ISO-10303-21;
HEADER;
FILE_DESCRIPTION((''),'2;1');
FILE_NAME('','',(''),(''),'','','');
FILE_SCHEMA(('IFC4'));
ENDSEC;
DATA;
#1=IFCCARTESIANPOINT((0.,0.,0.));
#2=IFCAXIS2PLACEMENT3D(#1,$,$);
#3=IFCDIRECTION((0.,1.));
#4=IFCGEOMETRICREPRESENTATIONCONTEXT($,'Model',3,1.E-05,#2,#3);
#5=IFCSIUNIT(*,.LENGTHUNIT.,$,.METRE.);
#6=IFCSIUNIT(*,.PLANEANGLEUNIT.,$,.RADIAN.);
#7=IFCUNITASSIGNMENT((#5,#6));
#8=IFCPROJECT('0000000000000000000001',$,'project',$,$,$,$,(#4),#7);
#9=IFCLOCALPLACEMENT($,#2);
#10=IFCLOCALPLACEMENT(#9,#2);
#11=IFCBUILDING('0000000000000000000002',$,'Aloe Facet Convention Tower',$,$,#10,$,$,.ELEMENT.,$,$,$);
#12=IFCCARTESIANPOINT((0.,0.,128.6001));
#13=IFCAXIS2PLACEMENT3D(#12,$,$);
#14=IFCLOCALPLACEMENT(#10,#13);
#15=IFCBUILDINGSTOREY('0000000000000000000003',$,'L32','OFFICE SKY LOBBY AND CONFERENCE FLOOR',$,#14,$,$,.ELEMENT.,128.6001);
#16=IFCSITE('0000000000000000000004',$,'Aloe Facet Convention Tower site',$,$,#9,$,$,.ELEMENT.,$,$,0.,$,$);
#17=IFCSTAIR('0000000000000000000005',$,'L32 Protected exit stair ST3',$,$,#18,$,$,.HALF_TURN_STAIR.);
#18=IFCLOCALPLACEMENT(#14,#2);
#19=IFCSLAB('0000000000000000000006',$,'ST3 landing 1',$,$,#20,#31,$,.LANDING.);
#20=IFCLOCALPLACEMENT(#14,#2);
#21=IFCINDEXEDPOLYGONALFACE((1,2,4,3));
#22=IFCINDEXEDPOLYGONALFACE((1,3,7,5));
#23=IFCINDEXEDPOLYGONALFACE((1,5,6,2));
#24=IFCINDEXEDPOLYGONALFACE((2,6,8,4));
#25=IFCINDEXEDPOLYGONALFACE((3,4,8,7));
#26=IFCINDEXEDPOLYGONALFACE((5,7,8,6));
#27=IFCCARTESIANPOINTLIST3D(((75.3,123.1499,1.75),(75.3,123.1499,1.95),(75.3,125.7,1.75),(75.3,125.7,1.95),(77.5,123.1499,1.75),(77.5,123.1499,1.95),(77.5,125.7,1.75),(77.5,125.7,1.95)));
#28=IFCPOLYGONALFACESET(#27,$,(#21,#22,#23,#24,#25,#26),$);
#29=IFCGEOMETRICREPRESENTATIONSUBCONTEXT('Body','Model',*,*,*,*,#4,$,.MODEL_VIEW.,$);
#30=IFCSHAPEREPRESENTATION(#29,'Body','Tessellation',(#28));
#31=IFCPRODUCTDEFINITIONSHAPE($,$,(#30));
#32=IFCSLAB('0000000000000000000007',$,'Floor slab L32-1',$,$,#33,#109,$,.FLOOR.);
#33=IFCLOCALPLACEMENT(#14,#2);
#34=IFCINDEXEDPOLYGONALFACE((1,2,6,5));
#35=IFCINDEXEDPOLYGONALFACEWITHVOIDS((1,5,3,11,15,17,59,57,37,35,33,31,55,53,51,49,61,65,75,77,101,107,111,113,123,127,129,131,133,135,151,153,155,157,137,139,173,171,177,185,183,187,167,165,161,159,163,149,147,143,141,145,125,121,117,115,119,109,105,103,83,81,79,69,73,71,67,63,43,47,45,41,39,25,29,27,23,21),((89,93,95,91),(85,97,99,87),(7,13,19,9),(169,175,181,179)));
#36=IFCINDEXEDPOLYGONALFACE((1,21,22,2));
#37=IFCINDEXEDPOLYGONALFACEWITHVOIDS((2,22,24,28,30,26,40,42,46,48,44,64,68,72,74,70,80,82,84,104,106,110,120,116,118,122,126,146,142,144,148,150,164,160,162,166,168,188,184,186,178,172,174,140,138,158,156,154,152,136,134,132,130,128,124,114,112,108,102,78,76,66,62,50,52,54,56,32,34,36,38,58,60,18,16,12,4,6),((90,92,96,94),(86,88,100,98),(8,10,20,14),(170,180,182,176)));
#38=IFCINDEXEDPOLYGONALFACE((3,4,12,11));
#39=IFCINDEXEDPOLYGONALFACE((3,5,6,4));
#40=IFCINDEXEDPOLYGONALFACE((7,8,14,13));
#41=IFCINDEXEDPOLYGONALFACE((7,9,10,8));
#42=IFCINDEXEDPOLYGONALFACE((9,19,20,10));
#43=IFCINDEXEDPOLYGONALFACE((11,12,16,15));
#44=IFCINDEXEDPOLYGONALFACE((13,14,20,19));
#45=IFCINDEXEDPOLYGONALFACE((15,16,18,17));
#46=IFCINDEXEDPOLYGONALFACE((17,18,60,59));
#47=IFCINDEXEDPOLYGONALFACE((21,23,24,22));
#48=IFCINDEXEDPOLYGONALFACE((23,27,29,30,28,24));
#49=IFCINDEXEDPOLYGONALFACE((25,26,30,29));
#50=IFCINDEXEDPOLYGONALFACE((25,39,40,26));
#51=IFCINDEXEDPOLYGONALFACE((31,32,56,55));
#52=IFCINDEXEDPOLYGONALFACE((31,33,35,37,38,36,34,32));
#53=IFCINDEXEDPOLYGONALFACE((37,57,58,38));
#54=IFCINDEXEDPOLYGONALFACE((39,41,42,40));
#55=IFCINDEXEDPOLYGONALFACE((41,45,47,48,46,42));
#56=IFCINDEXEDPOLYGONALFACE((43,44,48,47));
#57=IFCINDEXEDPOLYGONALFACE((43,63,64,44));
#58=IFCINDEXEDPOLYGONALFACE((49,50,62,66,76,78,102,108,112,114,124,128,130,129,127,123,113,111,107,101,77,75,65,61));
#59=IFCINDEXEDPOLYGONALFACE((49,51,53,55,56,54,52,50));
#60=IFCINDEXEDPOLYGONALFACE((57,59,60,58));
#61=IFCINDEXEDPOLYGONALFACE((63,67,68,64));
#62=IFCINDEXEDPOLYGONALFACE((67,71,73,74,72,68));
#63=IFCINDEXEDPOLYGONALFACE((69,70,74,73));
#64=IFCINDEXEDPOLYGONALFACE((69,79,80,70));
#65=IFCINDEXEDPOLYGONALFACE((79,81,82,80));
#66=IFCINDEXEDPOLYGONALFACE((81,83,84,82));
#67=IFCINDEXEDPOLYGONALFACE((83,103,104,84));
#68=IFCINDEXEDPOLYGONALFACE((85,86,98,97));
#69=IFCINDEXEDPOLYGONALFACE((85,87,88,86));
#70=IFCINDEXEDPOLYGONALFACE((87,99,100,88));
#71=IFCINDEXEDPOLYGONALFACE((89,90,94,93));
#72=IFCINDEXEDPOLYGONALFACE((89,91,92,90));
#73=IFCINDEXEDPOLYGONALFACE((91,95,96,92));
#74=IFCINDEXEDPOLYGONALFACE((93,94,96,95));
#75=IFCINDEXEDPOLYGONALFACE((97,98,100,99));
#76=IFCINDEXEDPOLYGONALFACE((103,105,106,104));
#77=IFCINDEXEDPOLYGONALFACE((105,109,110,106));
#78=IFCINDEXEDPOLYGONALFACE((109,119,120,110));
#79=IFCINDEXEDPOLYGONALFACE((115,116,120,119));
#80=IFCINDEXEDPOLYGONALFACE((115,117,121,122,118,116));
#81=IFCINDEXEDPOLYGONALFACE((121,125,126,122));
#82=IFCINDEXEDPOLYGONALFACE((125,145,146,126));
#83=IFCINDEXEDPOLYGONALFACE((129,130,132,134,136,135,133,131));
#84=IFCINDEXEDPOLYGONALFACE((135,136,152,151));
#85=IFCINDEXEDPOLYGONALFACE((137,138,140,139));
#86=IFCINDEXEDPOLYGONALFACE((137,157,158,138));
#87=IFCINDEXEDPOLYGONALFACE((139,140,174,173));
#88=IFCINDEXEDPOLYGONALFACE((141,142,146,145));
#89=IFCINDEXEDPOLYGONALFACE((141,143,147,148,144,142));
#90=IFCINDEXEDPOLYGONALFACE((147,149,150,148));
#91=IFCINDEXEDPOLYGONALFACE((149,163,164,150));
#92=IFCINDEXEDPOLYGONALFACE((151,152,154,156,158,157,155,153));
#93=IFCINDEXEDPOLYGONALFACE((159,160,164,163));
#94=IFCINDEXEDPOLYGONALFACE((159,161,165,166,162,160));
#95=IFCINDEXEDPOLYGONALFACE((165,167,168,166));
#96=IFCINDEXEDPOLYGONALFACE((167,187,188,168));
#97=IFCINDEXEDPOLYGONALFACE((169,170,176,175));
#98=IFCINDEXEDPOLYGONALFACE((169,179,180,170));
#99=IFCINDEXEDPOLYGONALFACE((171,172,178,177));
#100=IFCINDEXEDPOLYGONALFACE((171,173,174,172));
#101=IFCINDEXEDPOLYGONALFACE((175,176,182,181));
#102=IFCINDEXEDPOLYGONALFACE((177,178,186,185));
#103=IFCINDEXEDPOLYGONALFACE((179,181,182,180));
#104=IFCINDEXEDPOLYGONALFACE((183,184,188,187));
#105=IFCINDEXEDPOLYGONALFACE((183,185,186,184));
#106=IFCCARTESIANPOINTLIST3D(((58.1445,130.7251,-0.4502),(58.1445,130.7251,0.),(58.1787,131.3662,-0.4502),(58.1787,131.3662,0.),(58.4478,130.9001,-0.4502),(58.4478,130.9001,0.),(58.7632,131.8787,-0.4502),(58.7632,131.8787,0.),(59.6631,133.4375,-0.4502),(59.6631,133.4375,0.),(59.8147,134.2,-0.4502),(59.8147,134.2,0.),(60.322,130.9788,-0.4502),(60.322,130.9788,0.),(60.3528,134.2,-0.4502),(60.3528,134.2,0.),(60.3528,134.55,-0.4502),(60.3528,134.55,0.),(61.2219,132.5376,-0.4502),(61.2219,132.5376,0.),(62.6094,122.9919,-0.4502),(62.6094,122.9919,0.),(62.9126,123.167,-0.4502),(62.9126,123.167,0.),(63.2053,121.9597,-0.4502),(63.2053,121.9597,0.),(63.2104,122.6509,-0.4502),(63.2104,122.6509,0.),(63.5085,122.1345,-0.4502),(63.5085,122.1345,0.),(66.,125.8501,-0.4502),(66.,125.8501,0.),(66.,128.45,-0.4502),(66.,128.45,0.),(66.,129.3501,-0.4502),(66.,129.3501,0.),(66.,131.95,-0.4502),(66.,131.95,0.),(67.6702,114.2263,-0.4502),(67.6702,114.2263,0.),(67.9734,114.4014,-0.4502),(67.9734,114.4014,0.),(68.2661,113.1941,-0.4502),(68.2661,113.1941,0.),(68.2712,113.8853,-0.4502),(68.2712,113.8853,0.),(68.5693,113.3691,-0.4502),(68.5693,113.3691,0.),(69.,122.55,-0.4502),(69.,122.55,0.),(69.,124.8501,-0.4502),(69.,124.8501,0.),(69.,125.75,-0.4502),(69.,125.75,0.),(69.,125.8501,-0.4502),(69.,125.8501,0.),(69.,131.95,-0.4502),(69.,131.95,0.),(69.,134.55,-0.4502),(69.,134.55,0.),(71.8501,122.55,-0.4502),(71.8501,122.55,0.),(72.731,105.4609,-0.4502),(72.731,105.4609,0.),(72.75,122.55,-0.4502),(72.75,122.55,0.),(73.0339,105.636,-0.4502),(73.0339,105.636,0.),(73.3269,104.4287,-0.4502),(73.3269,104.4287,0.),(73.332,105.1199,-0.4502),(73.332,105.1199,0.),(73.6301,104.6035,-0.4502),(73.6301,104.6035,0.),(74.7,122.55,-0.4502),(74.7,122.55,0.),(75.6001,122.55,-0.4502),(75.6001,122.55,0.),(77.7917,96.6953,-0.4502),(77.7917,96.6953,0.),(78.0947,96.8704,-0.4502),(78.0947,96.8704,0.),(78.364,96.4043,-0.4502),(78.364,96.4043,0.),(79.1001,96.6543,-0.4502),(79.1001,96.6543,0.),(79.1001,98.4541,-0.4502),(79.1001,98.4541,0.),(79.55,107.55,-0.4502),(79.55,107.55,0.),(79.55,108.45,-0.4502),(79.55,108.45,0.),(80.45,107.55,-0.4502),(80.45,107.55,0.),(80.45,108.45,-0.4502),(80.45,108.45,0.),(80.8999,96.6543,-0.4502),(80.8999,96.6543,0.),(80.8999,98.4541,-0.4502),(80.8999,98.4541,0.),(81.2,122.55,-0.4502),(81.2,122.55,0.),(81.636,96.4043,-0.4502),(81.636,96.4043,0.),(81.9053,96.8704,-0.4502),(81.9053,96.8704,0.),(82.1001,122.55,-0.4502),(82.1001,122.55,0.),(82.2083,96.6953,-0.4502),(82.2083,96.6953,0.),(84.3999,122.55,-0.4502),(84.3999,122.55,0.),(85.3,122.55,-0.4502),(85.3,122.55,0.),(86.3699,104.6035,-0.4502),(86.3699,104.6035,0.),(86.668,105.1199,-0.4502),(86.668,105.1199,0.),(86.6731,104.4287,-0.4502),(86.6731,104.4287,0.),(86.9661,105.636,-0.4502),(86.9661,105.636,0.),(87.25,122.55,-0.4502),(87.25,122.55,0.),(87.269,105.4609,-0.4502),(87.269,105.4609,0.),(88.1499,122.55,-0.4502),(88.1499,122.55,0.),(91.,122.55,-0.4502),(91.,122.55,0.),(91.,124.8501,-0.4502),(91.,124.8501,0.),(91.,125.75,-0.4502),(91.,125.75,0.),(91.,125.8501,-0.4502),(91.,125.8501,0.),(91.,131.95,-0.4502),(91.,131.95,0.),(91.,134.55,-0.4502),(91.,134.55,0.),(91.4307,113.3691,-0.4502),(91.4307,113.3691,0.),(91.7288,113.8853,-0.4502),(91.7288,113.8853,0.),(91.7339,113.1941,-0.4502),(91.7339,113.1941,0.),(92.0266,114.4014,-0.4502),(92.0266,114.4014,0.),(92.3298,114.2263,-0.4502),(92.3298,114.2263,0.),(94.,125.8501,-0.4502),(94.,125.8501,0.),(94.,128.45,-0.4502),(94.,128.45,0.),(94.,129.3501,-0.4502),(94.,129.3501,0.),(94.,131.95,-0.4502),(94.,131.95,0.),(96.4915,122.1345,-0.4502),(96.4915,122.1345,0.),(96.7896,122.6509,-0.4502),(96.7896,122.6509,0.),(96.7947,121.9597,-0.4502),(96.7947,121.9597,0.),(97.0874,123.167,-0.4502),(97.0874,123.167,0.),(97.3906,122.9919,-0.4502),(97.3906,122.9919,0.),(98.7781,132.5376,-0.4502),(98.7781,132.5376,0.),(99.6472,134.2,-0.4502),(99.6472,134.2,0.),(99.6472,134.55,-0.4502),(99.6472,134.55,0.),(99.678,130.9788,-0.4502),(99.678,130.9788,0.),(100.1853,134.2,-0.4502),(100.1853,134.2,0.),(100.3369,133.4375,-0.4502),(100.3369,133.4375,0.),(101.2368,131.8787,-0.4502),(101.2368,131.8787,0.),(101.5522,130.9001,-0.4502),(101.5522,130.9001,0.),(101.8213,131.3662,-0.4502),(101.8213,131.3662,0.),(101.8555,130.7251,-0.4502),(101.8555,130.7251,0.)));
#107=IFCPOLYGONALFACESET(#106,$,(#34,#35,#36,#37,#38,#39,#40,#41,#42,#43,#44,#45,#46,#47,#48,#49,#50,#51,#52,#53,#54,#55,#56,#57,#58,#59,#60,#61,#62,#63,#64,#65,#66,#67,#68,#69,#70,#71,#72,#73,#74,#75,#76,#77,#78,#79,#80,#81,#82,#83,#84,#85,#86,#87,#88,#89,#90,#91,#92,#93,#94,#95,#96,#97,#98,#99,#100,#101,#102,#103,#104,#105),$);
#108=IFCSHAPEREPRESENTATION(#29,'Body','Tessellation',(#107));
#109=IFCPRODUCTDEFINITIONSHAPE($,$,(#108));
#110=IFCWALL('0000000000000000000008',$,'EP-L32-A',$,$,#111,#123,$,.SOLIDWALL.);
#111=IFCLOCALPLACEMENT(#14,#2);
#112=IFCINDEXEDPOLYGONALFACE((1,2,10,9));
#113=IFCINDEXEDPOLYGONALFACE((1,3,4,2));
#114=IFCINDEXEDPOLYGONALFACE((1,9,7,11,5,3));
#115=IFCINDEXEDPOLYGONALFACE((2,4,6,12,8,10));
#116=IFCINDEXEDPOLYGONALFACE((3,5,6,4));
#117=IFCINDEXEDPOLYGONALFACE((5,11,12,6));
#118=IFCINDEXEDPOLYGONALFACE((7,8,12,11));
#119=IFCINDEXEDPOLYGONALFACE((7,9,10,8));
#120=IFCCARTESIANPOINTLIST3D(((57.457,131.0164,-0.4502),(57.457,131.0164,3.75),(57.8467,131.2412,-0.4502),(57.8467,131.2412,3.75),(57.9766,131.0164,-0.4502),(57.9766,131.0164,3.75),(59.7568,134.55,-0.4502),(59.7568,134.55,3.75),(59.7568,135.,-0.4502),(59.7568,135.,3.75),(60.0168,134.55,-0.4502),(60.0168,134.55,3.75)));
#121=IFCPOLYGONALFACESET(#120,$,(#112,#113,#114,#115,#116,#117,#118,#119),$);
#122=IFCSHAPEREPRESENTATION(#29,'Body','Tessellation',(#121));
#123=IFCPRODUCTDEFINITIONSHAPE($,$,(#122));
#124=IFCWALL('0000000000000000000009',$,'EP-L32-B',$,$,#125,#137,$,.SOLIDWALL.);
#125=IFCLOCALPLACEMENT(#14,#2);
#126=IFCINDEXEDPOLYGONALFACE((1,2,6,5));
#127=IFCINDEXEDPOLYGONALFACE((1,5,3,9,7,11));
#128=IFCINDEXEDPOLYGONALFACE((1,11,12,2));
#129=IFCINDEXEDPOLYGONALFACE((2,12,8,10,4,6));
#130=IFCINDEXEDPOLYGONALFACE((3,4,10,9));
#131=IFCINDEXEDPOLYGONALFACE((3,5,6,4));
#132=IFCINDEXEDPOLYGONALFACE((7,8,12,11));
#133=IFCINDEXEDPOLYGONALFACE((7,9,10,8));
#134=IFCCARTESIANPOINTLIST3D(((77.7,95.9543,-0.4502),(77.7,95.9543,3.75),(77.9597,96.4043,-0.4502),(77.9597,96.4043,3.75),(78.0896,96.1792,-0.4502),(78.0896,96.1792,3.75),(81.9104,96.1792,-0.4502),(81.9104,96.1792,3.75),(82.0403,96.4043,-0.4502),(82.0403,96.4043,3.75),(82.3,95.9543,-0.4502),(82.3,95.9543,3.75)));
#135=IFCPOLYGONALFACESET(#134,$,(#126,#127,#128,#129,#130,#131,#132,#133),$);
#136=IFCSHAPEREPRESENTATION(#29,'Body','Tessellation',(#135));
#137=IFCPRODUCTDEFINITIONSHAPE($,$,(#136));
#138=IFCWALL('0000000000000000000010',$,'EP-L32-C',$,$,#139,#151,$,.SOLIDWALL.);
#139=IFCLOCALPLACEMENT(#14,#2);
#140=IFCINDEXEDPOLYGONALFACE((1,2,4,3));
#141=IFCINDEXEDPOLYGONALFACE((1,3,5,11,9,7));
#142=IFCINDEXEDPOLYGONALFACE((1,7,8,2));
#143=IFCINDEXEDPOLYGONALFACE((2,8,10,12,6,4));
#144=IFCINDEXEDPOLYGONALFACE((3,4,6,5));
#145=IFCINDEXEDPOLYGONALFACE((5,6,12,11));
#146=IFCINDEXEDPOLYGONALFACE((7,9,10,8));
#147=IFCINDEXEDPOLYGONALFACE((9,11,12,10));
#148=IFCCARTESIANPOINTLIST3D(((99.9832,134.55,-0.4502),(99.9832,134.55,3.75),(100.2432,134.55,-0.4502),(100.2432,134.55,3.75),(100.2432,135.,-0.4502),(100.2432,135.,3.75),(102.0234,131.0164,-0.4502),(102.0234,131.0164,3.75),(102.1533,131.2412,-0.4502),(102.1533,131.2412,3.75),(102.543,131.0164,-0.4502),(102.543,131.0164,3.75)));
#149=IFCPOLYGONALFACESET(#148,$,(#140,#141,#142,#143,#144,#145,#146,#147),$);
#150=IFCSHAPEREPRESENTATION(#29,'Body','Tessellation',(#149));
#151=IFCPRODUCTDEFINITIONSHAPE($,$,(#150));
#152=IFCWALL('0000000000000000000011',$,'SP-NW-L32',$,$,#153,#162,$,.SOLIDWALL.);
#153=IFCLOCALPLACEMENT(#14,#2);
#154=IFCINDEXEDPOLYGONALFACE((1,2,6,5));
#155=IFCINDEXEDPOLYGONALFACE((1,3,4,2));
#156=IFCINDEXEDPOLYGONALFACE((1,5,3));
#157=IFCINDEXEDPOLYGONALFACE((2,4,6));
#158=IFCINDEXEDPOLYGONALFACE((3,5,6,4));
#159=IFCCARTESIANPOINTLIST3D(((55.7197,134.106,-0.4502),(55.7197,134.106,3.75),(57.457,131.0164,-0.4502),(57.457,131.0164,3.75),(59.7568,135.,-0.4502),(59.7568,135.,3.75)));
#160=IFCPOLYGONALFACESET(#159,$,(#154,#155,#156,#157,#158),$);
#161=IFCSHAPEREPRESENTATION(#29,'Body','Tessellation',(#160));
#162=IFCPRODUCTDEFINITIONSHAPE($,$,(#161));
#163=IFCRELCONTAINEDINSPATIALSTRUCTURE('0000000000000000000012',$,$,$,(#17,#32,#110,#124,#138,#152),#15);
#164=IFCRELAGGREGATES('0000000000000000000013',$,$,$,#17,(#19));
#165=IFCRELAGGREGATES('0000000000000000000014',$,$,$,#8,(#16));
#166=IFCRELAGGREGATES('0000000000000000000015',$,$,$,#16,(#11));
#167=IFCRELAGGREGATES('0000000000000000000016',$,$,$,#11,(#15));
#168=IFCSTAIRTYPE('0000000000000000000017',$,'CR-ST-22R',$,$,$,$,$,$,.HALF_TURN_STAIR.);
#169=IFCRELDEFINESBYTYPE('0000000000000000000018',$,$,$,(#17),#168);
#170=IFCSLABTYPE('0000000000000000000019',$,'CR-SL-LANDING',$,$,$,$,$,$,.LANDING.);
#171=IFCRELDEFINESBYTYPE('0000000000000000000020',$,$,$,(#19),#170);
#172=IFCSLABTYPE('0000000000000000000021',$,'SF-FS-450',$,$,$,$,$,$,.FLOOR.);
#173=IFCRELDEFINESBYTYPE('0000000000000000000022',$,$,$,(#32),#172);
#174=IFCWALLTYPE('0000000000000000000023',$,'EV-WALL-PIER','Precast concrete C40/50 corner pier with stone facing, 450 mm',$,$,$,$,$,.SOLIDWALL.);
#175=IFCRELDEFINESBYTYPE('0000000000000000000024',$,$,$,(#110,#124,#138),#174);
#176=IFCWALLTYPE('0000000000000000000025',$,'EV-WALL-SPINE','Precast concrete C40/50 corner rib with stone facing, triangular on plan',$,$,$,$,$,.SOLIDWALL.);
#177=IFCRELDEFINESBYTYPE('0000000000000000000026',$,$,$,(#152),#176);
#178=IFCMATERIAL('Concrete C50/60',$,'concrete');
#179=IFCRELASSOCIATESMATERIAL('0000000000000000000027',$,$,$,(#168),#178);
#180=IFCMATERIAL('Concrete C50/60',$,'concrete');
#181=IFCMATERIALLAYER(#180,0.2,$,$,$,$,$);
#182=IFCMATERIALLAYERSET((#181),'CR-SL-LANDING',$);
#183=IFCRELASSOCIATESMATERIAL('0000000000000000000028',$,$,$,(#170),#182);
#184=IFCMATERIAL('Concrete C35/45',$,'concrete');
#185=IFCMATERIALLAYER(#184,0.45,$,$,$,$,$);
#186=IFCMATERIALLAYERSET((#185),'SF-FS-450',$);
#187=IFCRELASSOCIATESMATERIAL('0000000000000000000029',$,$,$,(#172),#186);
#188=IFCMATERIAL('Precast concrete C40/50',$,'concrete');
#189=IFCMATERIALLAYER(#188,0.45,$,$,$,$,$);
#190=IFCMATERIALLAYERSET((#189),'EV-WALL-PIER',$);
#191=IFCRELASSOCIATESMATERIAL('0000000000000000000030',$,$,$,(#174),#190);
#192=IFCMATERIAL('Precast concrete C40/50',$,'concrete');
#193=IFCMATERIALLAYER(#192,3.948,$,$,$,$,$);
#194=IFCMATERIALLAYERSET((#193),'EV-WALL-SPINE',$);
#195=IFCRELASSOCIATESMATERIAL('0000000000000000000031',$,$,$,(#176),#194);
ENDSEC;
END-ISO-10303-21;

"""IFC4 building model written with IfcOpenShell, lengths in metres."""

from ifc_helpers import new_model, si_unit, direction, frame, origin, place, context, subcontext, project, spatial, polyline, outline, extrude, material, layer, layer_set, type_object, element, aggregate, save


model = new_model("IFC4")

# Units and contexts
model_context = context("Model", 3, precision=1e-05, world=origin(), true_north=direction((0.0, 1.0)))
body_context = subcontext(model_context, "Body", "Model", "MODEL_VIEW")
ifc_project = project(units=[si_unit("LENGTHUNIT", "METRE"), si_unit("PLANEANGLEUNIT", "RADIAN")], contexts=[model_context])

# Site, building, storey
site_placement = place(None, origin())
site = spatial("IfcSite", under=ifc_project, at=site_placement, Name="Aloe Facet Convention Tower site", CompositionType="ELEMENT", RefElevation=0.0)
building_placement = place(site_placement, origin())
building = spatial("IfcBuilding", under=site, at=building_placement, Name="Aloe Facet Convention Tower", CompositionType="ELEMENT")
storey_placement = place(building_placement, frame((0.0, 0.0, 128.6001)))
storey = spatial("IfcBuildingStorey", under=building, at=storey_placement, Name="L32", Description="OFFICE SKY LOBBY AND CONFERENCE FLOOR", CompositionType="ELEMENT", Elevation=128.6001)

# Stair, slab
ifc_material_1 = material(Name="Concrete C50/60", Category="concrete")
stair_type = type_object("IfcStairType", Name="CR-ST-22R", PredefinedType="HALF_TURN_STAIR", material=ifc_material_1)
ifc_material_2 = material(Name="Concrete C50/60", Category="concrete")
ifc_layer_1 = layer(ifc_material_2, 0.2)
ifc_layer_set_1 = layer_set([ifc_layer_1], Name="CR-SL-LANDING")
slab_type_1 = type_object("IfcSlabType", Name="CR-SL-LANDING", PredefinedType="LANDING", material=ifc_layer_set_1)
stair_1_placement = place(storey_placement, origin())
stair_1 = element("IfcStair", 1, at=stair_1_placement, inside=storey, type_object=stair_type, Name="L32 Protected exit stair ST3", PredefinedType="HALF_TURN_STAIR")
slab_1_placement = place(storey_placement, frame((0.0, 0.0, 1.75)))
slab_1 = element("IfcSlab", 2, at=slab_1_placement, type_object=slab_type_1, Name="ST3 landing 1", PredefinedType="LANDING", context=body_context, shape_type="SweptSolid", body=[
    extrude(outline(polyline([(77.5, 125.7), (75.3, 125.7), (75.3, 123.1499), (77.5, 123.1499), (77.5, 125.7)])), origin(), (0.0, 0.0, 1.0), 0.2),
])
aggregate(stair_1, [slab_1])

# Slab
ifc_material_3 = material(Name="Concrete C35/45", Category="concrete")
ifc_layer_2 = layer(ifc_material_3, 0.45)
ifc_layer_set_2 = layer_set([ifc_layer_2], Name="SF-FS-450")
slab_type_2 = type_object("IfcSlabType", Name="SF-FS-450", PredefinedType="FLOOR", material=ifc_layer_set_2)
slab_2_placement = place(storey_placement, frame((0.0, 0.0, -0.4502)))
element("IfcSlab", 3, at=slab_2_placement, inside=storey, type_object=slab_type_2, Name="Floor slab L32-1", PredefinedType="FLOOR", context=body_context, shape_type="SweptSolid", body=[
    extrude(outline(polyline([(101.8213, 131.3662), (101.5522, 130.9001), (101.8555, 130.7251), (97.3906, 122.9919), (97.0874, 123.167), (96.7896, 122.6509), (96.4915, 122.1345), (96.7947, 121.9597), (92.3298, 114.2263), (92.0266, 114.4014), (91.7288, 113.8853), (91.4307, 113.3691), (91.7339, 113.1941), (87.269, 105.4609), (86.9661, 105.636), (86.668, 105.1199), (86.3699, 104.6035), (86.6731, 104.4287), (82.2083, 96.6953), (81.9053, 96.8704), (81.636, 96.4043), (78.364, 96.4043), (78.0947, 96.8704), (77.7917, 96.6953), (73.3269, 104.4287), (73.6301, 104.6035), (73.332, 105.1199), (73.0339, 105.636), (72.731, 105.4609), (68.2661, 113.1941), (68.5693, 113.3691), (68.2712, 113.8853), (67.9734, 114.4014), (67.6702, 114.2263), (63.2053, 121.9597), (63.5085, 122.1345), (63.2104, 122.6509), (62.9126, 123.167), (62.6094, 122.9919), (58.1445, 130.7251), (58.4478, 130.9001), (58.1787, 131.3662), (59.8147, 134.2), (60.3528, 134.2), (60.3528, 134.55), (69.0, 134.55), (69.0, 131.95), (66.0, 131.95), (66.0, 129.3501), (66.0, 128.45), (66.0, 125.8501), (69.0, 125.8501), (69.0, 125.75), (69.0, 124.8501), (69.0, 122.55), (71.8501, 122.55), (72.75, 122.55), (74.7, 122.55), (75.6001, 122.55), (81.2, 122.55), (82.1001, 122.55), (84.3999, 122.55), (85.3, 122.55), (87.25, 122.55), (88.1499, 122.55), (91.0, 122.55), (91.0, 124.8501), (91.0, 125.75), (91.0, 125.8501), (94.0, 125.8501), (94.0, 128.45), (94.0, 129.3501), (94.0, 131.95), (91.0, 131.95), (91.0, 134.55), (99.6472, 134.55), (99.6472, 134.2), (100.1853, 134.2), (101.8213, 131.3662)]), holes=[polyline([(79.1001, 96.6543), (80.8999, 96.6543), (80.8999, 98.4541), (79.1001, 98.4541), (79.1001, 96.6543)]), polyline([(59.6631, 133.4375), (58.7632, 131.8787), (60.322, 130.9788), (61.2219, 132.5376), (59.6631, 133.4375)]), polyline([(80.45, 107.55), (80.45, 108.45), (79.55, 108.45), (79.55, 107.55), (80.45, 107.55)]), polyline([(101.2368, 131.8787), (100.3369, 133.4375), (98.7781, 132.5376), (99.678, 130.9788), (101.2368, 131.8787)])]), origin(), (0.0, 0.0, 1.0), 0.4502),
])

# Walls
ifc_material_4 = material(Name="Precast concrete C40/50", Category="concrete")
ifc_layer_3 = layer(ifc_material_4, 0.45)
ifc_layer_set_3 = layer_set([ifc_layer_3], Name="EV-WALL-PIER")
wall_type_1 = type_object("IfcWallType", Name="EV-WALL-PIER", Description="Precast concrete C40/50 corner pier with stone facing, 450 mm", PredefinedType="SOLIDWALL", material=ifc_layer_set_3)
wall_1_placement = place(storey_placement, frame((0.0, 0.0, -0.4502)))
element("IfcWall", 4, at=wall_1_placement, inside=storey, type_object=wall_type_1, Name="EP-L32-A", PredefinedType="SOLIDWALL", context=body_context, shape_type="SweptSolid", body=[
    extrude(outline(polyline([(59.7568, 135.0), (59.7568, 134.55), (60.0168, 134.55), (57.9766, 131.0164), (57.8467, 131.2412), (57.457, 131.0164), (59.7568, 135.0)])), origin(), (0.0, 0.0, 1.0), 4.2002),
])
wall_2_placement = place(storey_placement, frame((0.0, 0.0, -0.4502)))
element("IfcWall", 5, at=wall_2_placement, inside=storey, type_object=wall_type_1, Name="EP-L32-B", PredefinedType="SOLIDWALL", context=body_context, shape_type="SweptSolid", body=[
    extrude(outline(polyline([(77.7, 95.9543), (78.0896, 96.1792), (77.9597, 96.4043), (82.0403, 96.4043), (81.9104, 96.1792), (82.3, 95.9543), (77.7, 95.9543)])), origin(), (0.0, 0.0, 1.0), 4.2002),
])
wall_3_placement = place(storey_placement, frame((0.0, 0.0, -0.4502)))
element("IfcWall", 6, at=wall_3_placement, inside=storey, type_object=wall_type_1, Name="EP-L32-C", PredefinedType="SOLIDWALL", context=body_context, shape_type="SweptSolid", body=[
    extrude(outline(polyline([(102.543, 131.0164), (102.1533, 131.2412), (102.0234, 131.0164), (99.9832, 134.55), (100.2432, 134.55), (100.2432, 135.0), (102.543, 131.0164)])), origin(), (0.0, 0.0, 1.0), 4.2002),
])
ifc_material_5 = material(Name="Precast concrete C40/50", Category="concrete")
ifc_layer_4 = layer(ifc_material_5, 3.948)
ifc_layer_set_4 = layer_set([ifc_layer_4], Name="EV-WALL-SPINE")
wall_type_2 = type_object("IfcWallType", Name="EV-WALL-SPINE", Description="Precast concrete C40/50 corner rib with stone facing, triangular on plan", PredefinedType="SOLIDWALL", material=ifc_layer_set_4)
wall_4_placement = place(storey_placement, frame((0.0, 0.0, -0.4502)))
element("IfcWall", 7, at=wall_4_placement, inside=storey, type_object=wall_type_2, Name="SP-NW-L32", PredefinedType="SOLIDWALL", context=body_context, shape_type="SweptSolid", body=[
    extrude(outline(polyline([(59.7568, 135.0), (55.7197, 134.106), (57.457, 131.0164), (59.7568, 135.0)])), origin(), (0.0, 0.0, 1.0), 4.2002),
])

save(model, "model.ifc")
